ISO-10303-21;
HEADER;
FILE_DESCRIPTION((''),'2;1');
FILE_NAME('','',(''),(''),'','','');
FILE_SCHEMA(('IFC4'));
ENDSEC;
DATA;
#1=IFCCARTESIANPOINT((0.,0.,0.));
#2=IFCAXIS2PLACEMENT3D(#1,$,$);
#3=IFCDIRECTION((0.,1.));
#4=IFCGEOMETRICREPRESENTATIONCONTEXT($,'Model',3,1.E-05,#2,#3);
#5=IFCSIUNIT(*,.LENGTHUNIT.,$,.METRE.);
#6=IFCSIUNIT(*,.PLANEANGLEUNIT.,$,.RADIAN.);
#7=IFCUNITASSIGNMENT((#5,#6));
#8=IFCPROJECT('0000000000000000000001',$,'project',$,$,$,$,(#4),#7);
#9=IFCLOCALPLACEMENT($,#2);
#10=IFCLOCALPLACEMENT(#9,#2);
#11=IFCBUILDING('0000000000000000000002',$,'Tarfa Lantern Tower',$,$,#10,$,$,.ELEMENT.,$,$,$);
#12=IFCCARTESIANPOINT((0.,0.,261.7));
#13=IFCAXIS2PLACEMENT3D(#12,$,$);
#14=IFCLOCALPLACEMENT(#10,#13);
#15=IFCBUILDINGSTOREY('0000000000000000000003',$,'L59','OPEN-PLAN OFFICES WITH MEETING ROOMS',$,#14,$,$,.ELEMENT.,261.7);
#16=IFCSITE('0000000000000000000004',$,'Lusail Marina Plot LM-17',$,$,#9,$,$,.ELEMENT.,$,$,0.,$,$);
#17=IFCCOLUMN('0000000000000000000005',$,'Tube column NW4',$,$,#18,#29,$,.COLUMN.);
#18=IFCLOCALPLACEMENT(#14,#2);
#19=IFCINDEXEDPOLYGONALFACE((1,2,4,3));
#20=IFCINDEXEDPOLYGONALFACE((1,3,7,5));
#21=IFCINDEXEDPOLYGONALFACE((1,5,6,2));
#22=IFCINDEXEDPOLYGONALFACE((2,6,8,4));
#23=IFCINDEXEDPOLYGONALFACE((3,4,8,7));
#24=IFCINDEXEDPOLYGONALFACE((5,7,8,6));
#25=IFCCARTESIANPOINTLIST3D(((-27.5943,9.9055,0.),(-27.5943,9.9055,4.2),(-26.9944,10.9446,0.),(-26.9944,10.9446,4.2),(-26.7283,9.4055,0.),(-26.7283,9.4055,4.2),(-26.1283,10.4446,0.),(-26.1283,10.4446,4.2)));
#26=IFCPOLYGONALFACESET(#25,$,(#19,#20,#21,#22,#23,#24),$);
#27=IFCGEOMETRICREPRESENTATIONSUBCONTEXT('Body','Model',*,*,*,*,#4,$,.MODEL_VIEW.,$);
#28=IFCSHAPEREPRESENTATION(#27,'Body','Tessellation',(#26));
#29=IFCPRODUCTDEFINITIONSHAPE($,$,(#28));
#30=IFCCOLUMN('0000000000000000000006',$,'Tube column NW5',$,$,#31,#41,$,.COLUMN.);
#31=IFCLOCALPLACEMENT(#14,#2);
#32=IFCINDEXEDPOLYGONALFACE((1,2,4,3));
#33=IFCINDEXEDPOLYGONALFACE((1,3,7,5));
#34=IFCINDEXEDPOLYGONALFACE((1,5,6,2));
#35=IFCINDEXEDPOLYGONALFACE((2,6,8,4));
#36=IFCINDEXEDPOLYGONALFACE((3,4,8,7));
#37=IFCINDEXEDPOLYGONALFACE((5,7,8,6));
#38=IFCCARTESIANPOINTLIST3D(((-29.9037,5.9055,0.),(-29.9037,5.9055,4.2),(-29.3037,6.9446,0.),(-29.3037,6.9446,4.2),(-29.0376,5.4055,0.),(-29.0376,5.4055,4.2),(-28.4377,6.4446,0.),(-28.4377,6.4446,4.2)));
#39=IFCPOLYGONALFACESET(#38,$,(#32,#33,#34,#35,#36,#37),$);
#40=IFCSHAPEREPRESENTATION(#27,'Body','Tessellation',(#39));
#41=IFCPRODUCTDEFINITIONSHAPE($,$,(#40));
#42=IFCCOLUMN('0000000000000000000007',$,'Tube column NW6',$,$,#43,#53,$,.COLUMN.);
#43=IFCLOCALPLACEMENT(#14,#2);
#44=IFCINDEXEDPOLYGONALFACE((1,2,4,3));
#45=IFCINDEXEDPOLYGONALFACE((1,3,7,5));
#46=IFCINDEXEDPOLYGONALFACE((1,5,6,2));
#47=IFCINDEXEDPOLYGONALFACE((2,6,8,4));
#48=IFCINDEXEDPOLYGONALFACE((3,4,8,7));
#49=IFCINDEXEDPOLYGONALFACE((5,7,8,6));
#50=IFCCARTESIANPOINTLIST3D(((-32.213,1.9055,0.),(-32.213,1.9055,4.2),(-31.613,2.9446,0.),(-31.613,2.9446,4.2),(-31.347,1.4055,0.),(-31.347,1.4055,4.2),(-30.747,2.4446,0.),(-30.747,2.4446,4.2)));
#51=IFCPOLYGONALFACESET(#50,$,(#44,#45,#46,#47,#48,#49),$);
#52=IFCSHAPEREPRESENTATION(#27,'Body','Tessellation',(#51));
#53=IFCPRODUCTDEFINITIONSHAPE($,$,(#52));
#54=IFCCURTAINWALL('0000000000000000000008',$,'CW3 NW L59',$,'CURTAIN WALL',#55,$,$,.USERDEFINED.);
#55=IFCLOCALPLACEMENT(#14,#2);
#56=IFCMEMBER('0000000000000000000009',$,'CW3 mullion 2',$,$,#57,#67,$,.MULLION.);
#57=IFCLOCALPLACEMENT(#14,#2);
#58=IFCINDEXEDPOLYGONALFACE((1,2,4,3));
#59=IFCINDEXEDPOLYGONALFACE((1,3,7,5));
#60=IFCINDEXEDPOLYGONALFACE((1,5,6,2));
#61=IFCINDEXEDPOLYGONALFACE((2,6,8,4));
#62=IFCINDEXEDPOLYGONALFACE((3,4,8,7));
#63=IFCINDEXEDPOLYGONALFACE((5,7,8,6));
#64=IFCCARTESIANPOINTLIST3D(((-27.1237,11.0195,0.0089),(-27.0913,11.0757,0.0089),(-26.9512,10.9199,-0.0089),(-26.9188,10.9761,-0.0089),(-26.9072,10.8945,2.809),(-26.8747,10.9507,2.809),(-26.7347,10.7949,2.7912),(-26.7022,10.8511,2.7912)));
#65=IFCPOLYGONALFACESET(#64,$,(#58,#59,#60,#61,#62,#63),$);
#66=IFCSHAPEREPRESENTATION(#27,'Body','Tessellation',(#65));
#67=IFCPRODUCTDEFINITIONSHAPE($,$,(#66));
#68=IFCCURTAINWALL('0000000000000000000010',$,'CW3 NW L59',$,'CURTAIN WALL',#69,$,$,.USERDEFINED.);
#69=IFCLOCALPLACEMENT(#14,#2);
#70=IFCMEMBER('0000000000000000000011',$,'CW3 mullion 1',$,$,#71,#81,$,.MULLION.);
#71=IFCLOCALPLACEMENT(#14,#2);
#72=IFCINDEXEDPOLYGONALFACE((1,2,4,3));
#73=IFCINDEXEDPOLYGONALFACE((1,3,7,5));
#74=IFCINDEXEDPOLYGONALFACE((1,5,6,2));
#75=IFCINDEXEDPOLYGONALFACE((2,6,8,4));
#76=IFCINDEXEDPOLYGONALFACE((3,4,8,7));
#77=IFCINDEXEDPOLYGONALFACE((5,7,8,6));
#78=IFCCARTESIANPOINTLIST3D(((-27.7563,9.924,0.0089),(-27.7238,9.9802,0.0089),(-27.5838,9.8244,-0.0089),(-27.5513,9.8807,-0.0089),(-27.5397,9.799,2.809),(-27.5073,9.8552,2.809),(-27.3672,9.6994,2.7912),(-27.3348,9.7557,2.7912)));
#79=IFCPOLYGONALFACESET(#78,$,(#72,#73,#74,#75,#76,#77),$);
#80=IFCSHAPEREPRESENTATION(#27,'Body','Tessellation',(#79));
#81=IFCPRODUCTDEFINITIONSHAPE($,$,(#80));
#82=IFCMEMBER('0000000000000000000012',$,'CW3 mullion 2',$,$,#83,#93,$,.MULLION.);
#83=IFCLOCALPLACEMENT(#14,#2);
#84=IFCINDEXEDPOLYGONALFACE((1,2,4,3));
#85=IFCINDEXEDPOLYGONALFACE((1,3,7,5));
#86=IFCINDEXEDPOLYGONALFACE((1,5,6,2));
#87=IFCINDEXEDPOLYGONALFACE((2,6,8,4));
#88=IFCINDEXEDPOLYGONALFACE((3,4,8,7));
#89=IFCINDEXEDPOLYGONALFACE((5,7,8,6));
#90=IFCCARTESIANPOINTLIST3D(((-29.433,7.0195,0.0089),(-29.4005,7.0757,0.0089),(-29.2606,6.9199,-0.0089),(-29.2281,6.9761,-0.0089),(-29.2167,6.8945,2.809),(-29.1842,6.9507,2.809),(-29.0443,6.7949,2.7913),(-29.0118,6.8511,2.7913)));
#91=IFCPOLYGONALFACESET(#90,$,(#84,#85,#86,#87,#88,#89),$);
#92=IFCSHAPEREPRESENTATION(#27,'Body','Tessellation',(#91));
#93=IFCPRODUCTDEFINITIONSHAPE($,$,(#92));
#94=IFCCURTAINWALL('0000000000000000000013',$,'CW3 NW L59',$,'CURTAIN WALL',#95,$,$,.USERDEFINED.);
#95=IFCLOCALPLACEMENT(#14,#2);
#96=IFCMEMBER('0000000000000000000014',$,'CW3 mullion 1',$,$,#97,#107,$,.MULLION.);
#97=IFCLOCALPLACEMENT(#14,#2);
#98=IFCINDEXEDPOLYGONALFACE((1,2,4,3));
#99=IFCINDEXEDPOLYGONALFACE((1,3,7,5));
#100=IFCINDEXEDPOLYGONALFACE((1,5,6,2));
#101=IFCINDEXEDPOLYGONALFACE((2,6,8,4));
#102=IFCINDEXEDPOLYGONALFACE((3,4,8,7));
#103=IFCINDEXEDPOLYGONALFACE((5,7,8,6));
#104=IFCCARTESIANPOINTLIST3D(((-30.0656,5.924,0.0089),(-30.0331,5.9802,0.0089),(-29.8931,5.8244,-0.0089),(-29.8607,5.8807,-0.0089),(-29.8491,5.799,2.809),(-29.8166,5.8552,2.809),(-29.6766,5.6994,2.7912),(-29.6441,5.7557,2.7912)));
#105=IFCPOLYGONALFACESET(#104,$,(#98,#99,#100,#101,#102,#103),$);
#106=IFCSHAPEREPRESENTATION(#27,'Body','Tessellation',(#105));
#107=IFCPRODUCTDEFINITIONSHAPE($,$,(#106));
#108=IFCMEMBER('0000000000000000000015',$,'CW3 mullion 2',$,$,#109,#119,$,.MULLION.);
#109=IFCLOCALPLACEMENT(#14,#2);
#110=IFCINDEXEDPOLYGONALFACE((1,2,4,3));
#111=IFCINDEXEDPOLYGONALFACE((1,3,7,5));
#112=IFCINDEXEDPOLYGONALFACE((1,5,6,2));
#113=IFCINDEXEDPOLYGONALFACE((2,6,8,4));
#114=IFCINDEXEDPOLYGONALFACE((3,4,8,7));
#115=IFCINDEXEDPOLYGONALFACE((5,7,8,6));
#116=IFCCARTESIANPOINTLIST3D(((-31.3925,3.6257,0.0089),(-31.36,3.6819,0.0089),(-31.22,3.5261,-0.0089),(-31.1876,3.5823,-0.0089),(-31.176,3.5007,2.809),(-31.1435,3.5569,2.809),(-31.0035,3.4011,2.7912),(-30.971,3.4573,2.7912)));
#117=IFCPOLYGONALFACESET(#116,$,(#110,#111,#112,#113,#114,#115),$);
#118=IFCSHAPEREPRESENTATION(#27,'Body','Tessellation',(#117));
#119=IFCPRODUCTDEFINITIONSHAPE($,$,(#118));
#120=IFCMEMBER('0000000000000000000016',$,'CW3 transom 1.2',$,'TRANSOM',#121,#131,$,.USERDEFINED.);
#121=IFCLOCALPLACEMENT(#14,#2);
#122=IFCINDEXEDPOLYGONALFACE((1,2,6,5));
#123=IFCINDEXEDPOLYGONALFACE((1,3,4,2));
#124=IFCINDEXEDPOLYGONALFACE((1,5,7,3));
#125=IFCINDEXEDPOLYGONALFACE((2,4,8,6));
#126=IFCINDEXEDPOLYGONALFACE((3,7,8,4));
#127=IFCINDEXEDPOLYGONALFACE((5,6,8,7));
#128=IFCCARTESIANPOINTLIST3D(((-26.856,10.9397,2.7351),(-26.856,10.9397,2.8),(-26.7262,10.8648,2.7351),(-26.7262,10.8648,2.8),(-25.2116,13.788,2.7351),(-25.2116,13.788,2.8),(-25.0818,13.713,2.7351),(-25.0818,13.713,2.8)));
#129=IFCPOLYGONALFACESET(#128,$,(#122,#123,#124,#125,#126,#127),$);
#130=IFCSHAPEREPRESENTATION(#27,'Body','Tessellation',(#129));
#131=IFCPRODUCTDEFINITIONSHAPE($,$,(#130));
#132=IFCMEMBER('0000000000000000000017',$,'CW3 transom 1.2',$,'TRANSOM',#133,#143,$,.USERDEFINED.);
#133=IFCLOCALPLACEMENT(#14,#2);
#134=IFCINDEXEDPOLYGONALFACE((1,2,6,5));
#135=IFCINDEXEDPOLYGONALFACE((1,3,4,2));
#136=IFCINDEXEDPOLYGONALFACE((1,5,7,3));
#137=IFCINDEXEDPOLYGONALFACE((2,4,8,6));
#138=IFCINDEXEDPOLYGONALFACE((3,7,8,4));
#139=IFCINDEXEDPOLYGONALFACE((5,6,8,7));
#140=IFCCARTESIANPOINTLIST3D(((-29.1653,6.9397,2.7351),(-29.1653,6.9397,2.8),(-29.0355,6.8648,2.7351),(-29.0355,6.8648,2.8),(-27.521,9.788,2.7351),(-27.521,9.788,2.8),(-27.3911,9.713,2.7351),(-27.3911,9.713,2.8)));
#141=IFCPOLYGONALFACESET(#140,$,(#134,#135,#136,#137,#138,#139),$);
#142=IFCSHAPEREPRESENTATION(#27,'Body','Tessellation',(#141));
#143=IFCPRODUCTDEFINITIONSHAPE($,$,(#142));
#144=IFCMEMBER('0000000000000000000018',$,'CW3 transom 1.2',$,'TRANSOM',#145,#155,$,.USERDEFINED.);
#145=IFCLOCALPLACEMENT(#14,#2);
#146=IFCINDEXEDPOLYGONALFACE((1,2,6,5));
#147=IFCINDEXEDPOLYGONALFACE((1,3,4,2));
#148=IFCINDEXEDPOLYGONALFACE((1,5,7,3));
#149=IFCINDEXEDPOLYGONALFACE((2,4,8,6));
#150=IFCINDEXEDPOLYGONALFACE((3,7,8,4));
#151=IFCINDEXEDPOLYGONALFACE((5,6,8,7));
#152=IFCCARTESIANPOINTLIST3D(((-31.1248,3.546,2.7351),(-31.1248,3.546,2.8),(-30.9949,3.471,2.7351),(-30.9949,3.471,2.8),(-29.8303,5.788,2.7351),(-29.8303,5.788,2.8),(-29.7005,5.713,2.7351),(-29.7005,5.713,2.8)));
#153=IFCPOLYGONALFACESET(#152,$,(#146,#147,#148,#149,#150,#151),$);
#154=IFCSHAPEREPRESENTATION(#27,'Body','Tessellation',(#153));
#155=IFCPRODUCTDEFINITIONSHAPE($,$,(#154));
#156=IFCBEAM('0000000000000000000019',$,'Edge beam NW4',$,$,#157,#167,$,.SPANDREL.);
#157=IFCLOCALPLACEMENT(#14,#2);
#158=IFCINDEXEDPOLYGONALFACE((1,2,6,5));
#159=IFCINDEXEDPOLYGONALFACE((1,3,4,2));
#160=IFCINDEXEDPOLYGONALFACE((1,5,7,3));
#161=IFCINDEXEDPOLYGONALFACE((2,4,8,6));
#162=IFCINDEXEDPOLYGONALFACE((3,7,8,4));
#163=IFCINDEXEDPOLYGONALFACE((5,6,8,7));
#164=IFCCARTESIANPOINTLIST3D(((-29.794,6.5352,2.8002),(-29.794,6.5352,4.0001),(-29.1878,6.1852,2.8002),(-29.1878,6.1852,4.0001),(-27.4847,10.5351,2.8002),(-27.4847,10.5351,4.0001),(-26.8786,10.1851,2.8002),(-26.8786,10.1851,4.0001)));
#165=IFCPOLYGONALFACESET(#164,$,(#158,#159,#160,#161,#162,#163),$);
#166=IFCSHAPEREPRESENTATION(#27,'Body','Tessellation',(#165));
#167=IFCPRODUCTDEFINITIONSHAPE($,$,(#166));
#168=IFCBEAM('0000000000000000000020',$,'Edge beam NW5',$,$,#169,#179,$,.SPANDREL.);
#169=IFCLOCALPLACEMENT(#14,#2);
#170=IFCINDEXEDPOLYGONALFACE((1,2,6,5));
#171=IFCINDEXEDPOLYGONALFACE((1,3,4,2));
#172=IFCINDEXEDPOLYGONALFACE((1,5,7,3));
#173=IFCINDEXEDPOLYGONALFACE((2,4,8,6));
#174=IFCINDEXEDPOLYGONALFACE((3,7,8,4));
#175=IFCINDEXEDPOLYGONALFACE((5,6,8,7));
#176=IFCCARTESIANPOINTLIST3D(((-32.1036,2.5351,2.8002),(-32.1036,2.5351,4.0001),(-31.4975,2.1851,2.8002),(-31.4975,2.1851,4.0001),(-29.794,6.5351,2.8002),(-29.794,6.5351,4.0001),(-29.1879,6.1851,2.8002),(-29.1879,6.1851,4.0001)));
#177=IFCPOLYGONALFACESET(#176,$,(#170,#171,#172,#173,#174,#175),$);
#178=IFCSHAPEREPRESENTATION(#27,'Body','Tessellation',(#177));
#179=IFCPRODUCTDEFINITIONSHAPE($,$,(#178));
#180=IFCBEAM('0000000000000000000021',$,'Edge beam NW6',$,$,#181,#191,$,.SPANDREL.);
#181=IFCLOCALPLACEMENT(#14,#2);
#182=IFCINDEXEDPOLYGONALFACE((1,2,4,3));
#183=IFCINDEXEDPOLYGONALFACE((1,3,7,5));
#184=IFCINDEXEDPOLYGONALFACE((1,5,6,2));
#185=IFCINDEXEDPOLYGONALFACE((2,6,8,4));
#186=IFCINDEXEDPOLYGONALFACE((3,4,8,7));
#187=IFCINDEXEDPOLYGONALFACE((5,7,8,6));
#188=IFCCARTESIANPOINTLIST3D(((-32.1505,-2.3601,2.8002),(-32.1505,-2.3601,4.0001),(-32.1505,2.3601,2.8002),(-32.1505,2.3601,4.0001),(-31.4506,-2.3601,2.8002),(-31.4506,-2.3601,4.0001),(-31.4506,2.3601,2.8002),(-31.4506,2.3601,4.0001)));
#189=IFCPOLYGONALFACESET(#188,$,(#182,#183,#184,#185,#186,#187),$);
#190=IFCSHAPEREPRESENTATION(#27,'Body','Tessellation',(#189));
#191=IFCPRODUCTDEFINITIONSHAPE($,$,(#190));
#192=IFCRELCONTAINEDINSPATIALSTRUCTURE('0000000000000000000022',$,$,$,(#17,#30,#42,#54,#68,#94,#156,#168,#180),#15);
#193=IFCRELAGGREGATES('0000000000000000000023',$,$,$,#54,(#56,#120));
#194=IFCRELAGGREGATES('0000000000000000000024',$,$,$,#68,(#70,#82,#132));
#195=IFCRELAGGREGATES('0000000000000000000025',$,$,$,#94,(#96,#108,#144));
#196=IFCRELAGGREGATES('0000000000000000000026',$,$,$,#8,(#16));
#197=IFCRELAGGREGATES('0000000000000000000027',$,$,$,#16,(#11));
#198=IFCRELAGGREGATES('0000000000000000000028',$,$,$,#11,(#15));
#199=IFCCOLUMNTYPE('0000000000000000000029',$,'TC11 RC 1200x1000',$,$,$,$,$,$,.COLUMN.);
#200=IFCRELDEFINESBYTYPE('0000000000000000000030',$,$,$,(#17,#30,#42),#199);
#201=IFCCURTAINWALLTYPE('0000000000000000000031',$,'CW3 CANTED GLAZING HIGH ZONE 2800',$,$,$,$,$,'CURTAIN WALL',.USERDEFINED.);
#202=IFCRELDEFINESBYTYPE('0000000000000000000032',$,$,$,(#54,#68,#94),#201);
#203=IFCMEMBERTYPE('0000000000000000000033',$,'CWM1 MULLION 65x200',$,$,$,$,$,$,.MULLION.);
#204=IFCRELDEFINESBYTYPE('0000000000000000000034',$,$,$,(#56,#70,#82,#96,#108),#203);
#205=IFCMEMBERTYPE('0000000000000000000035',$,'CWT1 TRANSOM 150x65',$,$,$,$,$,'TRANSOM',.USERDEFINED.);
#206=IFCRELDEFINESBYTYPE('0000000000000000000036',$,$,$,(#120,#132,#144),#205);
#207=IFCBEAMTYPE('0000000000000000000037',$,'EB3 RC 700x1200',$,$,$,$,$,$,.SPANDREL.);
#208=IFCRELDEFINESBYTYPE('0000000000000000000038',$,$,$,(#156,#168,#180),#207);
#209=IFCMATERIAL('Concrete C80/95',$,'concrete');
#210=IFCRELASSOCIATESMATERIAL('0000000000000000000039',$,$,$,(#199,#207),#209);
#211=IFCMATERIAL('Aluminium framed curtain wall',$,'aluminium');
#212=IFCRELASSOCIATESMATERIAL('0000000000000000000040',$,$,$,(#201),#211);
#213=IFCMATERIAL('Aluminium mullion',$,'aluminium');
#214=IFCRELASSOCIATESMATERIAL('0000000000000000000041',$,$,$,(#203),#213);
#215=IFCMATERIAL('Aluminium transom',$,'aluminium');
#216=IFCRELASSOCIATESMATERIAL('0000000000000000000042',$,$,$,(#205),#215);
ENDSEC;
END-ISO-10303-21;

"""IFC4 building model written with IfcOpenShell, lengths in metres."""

from ifc_helpers import new_model, si_unit, direction, frame, origin, origin_2d, place, context, subcontext, project, spatial, rectangle, extrude, material, material_profile, profile_set, type_object, element, aggregate, save


model = new_model("IFC4")

# Units and contexts
model_context = context("Model", 3, precision=1e-05, world=origin(), true_north=direction((0.0, 1.0)))
body_context = subcontext(model_context, "Body", "Model", "MODEL_VIEW")
ifc_project = project(units=[si_unit("LENGTHUNIT", "METRE"), si_unit("PLANEANGLEUNIT", "RADIAN")], contexts=[model_context])

# Site, building, storey
site_placement = place(None, origin())
site = spatial("IfcSite", under=ifc_project, at=site_placement, Name="Lusail Marina Plot LM-17", CompositionType="ELEMENT", RefElevation=0.0)
building_placement = place(site_placement, origin())
building = spatial("IfcBuilding", under=site, at=building_placement, Name="Tarfa Lantern Tower", CompositionType="ELEMENT")
storey_placement = place(building_placement, frame((0.0, 0.0, 261.7)))
storey = spatial("IfcBuildingStorey", under=building, at=storey_placement, Name="L59", Description="OPEN-PLAN OFFICES WITH MEETING ROOMS", CompositionType="ELEMENT", Elevation=261.7)

# Columns
ifc_material_1 = material(Name="Concrete C80/95", Category="concrete")
ifc_material_profile_1 = material_profile(ifc_material_1, rectangle(XDim=1.2, YDim=1.0, at=origin_2d()), Name="RC 1200x1000")
ifc_profile_set_1 = profile_set([ifc_material_profile_1], Name="Concrete C80/95")
column_type = type_object("IfcColumnType", Name="TC11 RC 1200x1000", PredefinedType="COLUMN", material=ifc_profile_set_1)
for number, where, z_axis, x_axis, name in (
    (1, (-26.8613, 10.175, 0.0), (0.0, 0.0, 1.0), (-0.5, -0.866025, 0.0), "Tube column NW4"),
    (2, (-29.1707, 6.175, 0.0), (0.0, 0.0, 1.0), (-0.5, -0.866025, 0.0), "Tube column NW5"),
    (3, (-31.48, 2.175, 0.0), (0.0, 0.0, 1.0), (-0.5, -0.866025, 0.0), "Tube column NW6"),
):
    element("IfcColumn", number, at=place(storey_placement, frame(where, z_axis=z_axis, x_axis=x_axis)), inside=storey, type_object=column_type, Name=name, PredefinedType="COLUMN", context=body_context, shape_type="SweptSolid", body=[
        extrude(rectangle(XDim=1.2, YDim=1.0, at=origin_2d()), origin(), (0.0, 0.0, 1.0), 4.2),
    ])

# Curtain wall, member
ifc_material_2 = material(Name="Aluminium framed curtain wall", Category="aluminium")
curtain_wall_type = type_object("IfcCurtainWallType", Name="CW3 CANTED GLAZING HIGH ZONE 2800", ElementType="CURTAIN WALL", PredefinedType="USERDEFINED", material=ifc_material_2)
curtain_wall_1_placement = place(storey_placement, origin())
curtain_wall_1 = element("IfcCurtainWall", 4, at=curtain_wall_1_placement, inside=storey, type_object=curtain_wall_type, Name="CW3 NW L59", ObjectType="CURTAIN WALL", PredefinedType="USERDEFINED")
ifc_material_3 = material(Name="Aluminium mullion", Category="aluminium")
ifc_material_profile_2 = material_profile(ifc_material_3, rectangle(XDim=0.0649, YDim=0.2, at=origin_2d()), Name="AL MULLION 65x200")
ifc_profile_set_2 = profile_set([ifc_material_profile_2], Name="Aluminium mullion")
member_type_1 = type_object("IfcMemberType", Name="CWM1 MULLION 65x200", PredefinedType="MULLION", material=ifc_profile_set_2)
member_1_placement = place(storey_placement, frame((-27.0212, 10.9978, 0.0), z_axis=(0.077032, -0.044465, 0.996037), x_axis=(0.49992, 0.866072, 0.0)))
member_1 = element("IfcMember", 5, at=member_1_placement, type_object=member_type_1, Name="CW3 mullion 2", PredefinedType="MULLION", context=body_context, shape_type="SweptSolid", body=[
    extrude(rectangle(XDim=0.0649, YDim=0.2, at=origin_2d()), origin(), (0.0, 0.0, 1.0), 2.8113),
])

# Curtain walls, members
curtain_wall_2_placement = place(storey_placement, origin())
curtain_wall_2 = element("IfcCurtainWall", 6, at=curtain_wall_2_placement, inside=storey, type_object=curtain_wall_type, Name="CW3 NW L59", ObjectType="CURTAIN WALL", PredefinedType="USERDEFINED")
member_2_placement = place(storey_placement, frame((-27.6538, 9.9023, 0.0), z_axis=(0.077032, -0.044465, 0.996037), x_axis=(0.49992, 0.866072, 0.0)))
member_2 = element("IfcMember", 7, at=member_2_placement, type_object=member_type_1, Name="CW3 mullion 1", PredefinedType="MULLION", context=body_context, shape_type="SweptSolid", body=[
    extrude(rectangle(XDim=0.0649, YDim=0.2, at=origin_2d()), origin(), (0.0, 0.0, 1.0), 2.8113),
])
member_3_placement = place(storey_placement, frame((-29.3306, 6.9978, 0.0), z_axis=(0.076946, -0.044465, 0.996043), x_axis=(0.500343, 0.865827, 0.0)))
member_3 = element("IfcMember", 8, at=member_3_placement, type_object=member_type_1, Name="CW3 mullion 2", PredefinedType="MULLION", context=body_context, shape_type="SweptSolid", body=[
    extrude(rectangle(XDim=0.0649, YDim=0.2, at=origin_2d()), origin(), (0.0, 0.0, 1.0), 2.8113),
])
curtain_wall_3_placement = place(storey_placement, origin())
curtain_wall_3 = element("IfcCurtainWall", 9, at=curtain_wall_3_placement, inside=storey, type_object=curtain_wall_type, Name="CW3 NW L59", ObjectType="CURTAIN WALL", PredefinedType="USERDEFINED")
member_4_placement = place(storey_placement, frame((-29.9631, 5.9023, 0.0), z_axis=(0.077032, -0.044465, 0.996037), x_axis=(0.49992, 0.866072, 0.0)))
member_4 = element("IfcMember", 10, at=member_4_placement, type_object=member_type_1, Name="CW3 mullion 1", PredefinedType="MULLION", context=body_context, shape_type="SweptSolid", body=[
    extrude(rectangle(XDim=0.0649, YDim=0.2, at=origin_2d()), origin(), (0.0, 0.0, 1.0), 2.8113),
])
member_5_placement = place(storey_placement, frame((-31.29, 3.604, 0.0), z_axis=(0.077032, -0.044465, 0.996037), x_axis=(0.49992, 0.866072, 0.0)))
member_5 = element("IfcMember", 11, at=member_5_placement, type_object=member_type_1, Name="CW3 mullion 2", PredefinedType="MULLION", context=body_context, shape_type="SweptSolid", body=[
    extrude(rectangle(XDim=0.0649, YDim=0.2, at=origin_2d()), origin(), (0.0, 0.0, 1.0), 2.8113),
])

# Members
ifc_material_4 = material(Name="Aluminium transom", Category="aluminium")
ifc_material_profile_3 = material_profile(ifc_material_4, rectangle(XDim=0.1499, YDim=0.0649, at=origin_2d()), Name="AL TRANSOM 150x65")
ifc_profile_set_3 = profile_set([ifc_material_profile_3], Name="Aluminium transom")
member_type_2 = type_object("IfcMemberType", Name="CWT1 TRANSOM 150x65", ElementType="TRANSOM", PredefinedType="USERDEFINED", material=ifc_profile_set_3)
member_6_placement = place(storey_placement, frame((-25.1467, 13.7505, 2.7676), z_axis=(-0.499979, -0.866037, 0.0), x_axis=(0.866037, -0.499979, 0.0)))
member_6 = element("IfcMember", 12, at=member_6_placement, type_object=member_type_2, Name="CW3 transom 1.2", ObjectType="TRANSOM", PredefinedType="USERDEFINED", context=body_context, shape_type="SweptSolid", body=[
    extrude(rectangle(XDim=0.1499, YDim=0.0649, at=origin_2d()), origin(), (0.0, 0.0, 1.0), 3.2888),
])
member_7_placement = place(storey_placement, frame((-27.4561, 9.7505, 2.7676), z_axis=(-0.499979, -0.866037, 0.0), x_axis=(0.866037, -0.499979, 0.0)))
member_7 = element("IfcMember", 13, at=member_7_placement, type_object=member_type_2, Name="CW3 transom 1.2", ObjectType="TRANSOM", PredefinedType="USERDEFINED", context=body_context, shape_type="SweptSolid", body=[
    extrude(rectangle(XDim=0.1499, YDim=0.0649, at=origin_2d()), origin(), (0.0, 0.0, 1.0), 3.2888),
])
member_8_placement = place(storey_placement, frame((-29.7654, 5.7505, 2.7676), z_axis=(-0.500014, -0.866018, 0.0), x_axis=(0.866018, -0.500014, 0.0)))
member_8 = element("IfcMember", 14, at=member_8_placement, type_object=member_type_2, Name="CW3 transom 1.2", ObjectType="TRANSOM", PredefinedType="USERDEFINED", context=body_context, shape_type="SweptSolid", body=[
    extrude(rectangle(XDim=0.1499, YDim=0.0649, at=origin_2d()), origin(), (0.0, 0.0, 1.0), 2.5889),
])

# Beams
ifc_material_profile_4 = material_profile(ifc_material_1, rectangle(XDim=0.7, YDim=1.2, at=origin_2d()), Name="RC 700x1200")
ifc_profile_set_4 = profile_set([ifc_material_profile_4], Name="Concrete C80/95")
beam_type_1 = type_object("IfcBeamType", Name="EB3 RC 700x1200", PredefinedType="SPANDREL", material=ifc_profile_set_4)
beam_1_placement = place(storey_placement, frame((-27.1816, 10.3601, 3.4001), z_axis=(-0.499988, -0.866032, 0.0), x_axis=(0.866032, -0.499988, 0.0)))
element("IfcBeam", 15, at=beam_1_placement, inside=storey, type_object=beam_type_1, Name="Edge beam NW4", PredefinedType="SPANDREL", context=body_context, shape_type="SweptSolid", body=[
    extrude(rectangle(XDim=0.7, YDim=1.2, at=origin_2d()), origin(), (0.0, 0.0, 1.0), 4.6187),
])
beam_2_placement = place(storey_placement, frame((-29.491, 6.3601, 3.4001), z_axis=(-0.500027, -0.86601, 0.0), x_axis=(0.86601, -0.500027, 0.0)))
element("IfcBeam", 16, at=beam_2_placement, inside=storey, type_object=beam_type_1, Name="Edge beam NW5", PredefinedType="SPANDREL", context=body_context, shape_type="SweptSolid", body=[
    extrude(rectangle(XDim=0.7, YDim=1.2, at=origin_2d()), origin(), (0.0, 0.0, 1.0), 4.6189),
])
beam_3_placement = place(storey_placement, frame((-31.8005, 2.3601, 3.4001), z_axis=(0.0, -1.0, 0.0), x_axis=(1.0, 0.0, 0.0)))
element("IfcBeam", 17, at=beam_3_placement, inside=storey, type_object=beam_type_1, Name="Edge beam NW6", PredefinedType="SPANDREL", context=body_context, shape_type="SweptSolid", body=[
    extrude(rectangle(XDim=0.7, YDim=1.2, at=origin_2d()), origin(), (0.0, 0.0, 1.0), 4.7202),
])

aggregate(curtain_wall_1, [member_1, member_6])
aggregate(curtain_wall_2, [member_2, member_3, member_7])
aggregate(curtain_wall_3, [member_4, member_5, member_8])

save(model, "model.ifc")
